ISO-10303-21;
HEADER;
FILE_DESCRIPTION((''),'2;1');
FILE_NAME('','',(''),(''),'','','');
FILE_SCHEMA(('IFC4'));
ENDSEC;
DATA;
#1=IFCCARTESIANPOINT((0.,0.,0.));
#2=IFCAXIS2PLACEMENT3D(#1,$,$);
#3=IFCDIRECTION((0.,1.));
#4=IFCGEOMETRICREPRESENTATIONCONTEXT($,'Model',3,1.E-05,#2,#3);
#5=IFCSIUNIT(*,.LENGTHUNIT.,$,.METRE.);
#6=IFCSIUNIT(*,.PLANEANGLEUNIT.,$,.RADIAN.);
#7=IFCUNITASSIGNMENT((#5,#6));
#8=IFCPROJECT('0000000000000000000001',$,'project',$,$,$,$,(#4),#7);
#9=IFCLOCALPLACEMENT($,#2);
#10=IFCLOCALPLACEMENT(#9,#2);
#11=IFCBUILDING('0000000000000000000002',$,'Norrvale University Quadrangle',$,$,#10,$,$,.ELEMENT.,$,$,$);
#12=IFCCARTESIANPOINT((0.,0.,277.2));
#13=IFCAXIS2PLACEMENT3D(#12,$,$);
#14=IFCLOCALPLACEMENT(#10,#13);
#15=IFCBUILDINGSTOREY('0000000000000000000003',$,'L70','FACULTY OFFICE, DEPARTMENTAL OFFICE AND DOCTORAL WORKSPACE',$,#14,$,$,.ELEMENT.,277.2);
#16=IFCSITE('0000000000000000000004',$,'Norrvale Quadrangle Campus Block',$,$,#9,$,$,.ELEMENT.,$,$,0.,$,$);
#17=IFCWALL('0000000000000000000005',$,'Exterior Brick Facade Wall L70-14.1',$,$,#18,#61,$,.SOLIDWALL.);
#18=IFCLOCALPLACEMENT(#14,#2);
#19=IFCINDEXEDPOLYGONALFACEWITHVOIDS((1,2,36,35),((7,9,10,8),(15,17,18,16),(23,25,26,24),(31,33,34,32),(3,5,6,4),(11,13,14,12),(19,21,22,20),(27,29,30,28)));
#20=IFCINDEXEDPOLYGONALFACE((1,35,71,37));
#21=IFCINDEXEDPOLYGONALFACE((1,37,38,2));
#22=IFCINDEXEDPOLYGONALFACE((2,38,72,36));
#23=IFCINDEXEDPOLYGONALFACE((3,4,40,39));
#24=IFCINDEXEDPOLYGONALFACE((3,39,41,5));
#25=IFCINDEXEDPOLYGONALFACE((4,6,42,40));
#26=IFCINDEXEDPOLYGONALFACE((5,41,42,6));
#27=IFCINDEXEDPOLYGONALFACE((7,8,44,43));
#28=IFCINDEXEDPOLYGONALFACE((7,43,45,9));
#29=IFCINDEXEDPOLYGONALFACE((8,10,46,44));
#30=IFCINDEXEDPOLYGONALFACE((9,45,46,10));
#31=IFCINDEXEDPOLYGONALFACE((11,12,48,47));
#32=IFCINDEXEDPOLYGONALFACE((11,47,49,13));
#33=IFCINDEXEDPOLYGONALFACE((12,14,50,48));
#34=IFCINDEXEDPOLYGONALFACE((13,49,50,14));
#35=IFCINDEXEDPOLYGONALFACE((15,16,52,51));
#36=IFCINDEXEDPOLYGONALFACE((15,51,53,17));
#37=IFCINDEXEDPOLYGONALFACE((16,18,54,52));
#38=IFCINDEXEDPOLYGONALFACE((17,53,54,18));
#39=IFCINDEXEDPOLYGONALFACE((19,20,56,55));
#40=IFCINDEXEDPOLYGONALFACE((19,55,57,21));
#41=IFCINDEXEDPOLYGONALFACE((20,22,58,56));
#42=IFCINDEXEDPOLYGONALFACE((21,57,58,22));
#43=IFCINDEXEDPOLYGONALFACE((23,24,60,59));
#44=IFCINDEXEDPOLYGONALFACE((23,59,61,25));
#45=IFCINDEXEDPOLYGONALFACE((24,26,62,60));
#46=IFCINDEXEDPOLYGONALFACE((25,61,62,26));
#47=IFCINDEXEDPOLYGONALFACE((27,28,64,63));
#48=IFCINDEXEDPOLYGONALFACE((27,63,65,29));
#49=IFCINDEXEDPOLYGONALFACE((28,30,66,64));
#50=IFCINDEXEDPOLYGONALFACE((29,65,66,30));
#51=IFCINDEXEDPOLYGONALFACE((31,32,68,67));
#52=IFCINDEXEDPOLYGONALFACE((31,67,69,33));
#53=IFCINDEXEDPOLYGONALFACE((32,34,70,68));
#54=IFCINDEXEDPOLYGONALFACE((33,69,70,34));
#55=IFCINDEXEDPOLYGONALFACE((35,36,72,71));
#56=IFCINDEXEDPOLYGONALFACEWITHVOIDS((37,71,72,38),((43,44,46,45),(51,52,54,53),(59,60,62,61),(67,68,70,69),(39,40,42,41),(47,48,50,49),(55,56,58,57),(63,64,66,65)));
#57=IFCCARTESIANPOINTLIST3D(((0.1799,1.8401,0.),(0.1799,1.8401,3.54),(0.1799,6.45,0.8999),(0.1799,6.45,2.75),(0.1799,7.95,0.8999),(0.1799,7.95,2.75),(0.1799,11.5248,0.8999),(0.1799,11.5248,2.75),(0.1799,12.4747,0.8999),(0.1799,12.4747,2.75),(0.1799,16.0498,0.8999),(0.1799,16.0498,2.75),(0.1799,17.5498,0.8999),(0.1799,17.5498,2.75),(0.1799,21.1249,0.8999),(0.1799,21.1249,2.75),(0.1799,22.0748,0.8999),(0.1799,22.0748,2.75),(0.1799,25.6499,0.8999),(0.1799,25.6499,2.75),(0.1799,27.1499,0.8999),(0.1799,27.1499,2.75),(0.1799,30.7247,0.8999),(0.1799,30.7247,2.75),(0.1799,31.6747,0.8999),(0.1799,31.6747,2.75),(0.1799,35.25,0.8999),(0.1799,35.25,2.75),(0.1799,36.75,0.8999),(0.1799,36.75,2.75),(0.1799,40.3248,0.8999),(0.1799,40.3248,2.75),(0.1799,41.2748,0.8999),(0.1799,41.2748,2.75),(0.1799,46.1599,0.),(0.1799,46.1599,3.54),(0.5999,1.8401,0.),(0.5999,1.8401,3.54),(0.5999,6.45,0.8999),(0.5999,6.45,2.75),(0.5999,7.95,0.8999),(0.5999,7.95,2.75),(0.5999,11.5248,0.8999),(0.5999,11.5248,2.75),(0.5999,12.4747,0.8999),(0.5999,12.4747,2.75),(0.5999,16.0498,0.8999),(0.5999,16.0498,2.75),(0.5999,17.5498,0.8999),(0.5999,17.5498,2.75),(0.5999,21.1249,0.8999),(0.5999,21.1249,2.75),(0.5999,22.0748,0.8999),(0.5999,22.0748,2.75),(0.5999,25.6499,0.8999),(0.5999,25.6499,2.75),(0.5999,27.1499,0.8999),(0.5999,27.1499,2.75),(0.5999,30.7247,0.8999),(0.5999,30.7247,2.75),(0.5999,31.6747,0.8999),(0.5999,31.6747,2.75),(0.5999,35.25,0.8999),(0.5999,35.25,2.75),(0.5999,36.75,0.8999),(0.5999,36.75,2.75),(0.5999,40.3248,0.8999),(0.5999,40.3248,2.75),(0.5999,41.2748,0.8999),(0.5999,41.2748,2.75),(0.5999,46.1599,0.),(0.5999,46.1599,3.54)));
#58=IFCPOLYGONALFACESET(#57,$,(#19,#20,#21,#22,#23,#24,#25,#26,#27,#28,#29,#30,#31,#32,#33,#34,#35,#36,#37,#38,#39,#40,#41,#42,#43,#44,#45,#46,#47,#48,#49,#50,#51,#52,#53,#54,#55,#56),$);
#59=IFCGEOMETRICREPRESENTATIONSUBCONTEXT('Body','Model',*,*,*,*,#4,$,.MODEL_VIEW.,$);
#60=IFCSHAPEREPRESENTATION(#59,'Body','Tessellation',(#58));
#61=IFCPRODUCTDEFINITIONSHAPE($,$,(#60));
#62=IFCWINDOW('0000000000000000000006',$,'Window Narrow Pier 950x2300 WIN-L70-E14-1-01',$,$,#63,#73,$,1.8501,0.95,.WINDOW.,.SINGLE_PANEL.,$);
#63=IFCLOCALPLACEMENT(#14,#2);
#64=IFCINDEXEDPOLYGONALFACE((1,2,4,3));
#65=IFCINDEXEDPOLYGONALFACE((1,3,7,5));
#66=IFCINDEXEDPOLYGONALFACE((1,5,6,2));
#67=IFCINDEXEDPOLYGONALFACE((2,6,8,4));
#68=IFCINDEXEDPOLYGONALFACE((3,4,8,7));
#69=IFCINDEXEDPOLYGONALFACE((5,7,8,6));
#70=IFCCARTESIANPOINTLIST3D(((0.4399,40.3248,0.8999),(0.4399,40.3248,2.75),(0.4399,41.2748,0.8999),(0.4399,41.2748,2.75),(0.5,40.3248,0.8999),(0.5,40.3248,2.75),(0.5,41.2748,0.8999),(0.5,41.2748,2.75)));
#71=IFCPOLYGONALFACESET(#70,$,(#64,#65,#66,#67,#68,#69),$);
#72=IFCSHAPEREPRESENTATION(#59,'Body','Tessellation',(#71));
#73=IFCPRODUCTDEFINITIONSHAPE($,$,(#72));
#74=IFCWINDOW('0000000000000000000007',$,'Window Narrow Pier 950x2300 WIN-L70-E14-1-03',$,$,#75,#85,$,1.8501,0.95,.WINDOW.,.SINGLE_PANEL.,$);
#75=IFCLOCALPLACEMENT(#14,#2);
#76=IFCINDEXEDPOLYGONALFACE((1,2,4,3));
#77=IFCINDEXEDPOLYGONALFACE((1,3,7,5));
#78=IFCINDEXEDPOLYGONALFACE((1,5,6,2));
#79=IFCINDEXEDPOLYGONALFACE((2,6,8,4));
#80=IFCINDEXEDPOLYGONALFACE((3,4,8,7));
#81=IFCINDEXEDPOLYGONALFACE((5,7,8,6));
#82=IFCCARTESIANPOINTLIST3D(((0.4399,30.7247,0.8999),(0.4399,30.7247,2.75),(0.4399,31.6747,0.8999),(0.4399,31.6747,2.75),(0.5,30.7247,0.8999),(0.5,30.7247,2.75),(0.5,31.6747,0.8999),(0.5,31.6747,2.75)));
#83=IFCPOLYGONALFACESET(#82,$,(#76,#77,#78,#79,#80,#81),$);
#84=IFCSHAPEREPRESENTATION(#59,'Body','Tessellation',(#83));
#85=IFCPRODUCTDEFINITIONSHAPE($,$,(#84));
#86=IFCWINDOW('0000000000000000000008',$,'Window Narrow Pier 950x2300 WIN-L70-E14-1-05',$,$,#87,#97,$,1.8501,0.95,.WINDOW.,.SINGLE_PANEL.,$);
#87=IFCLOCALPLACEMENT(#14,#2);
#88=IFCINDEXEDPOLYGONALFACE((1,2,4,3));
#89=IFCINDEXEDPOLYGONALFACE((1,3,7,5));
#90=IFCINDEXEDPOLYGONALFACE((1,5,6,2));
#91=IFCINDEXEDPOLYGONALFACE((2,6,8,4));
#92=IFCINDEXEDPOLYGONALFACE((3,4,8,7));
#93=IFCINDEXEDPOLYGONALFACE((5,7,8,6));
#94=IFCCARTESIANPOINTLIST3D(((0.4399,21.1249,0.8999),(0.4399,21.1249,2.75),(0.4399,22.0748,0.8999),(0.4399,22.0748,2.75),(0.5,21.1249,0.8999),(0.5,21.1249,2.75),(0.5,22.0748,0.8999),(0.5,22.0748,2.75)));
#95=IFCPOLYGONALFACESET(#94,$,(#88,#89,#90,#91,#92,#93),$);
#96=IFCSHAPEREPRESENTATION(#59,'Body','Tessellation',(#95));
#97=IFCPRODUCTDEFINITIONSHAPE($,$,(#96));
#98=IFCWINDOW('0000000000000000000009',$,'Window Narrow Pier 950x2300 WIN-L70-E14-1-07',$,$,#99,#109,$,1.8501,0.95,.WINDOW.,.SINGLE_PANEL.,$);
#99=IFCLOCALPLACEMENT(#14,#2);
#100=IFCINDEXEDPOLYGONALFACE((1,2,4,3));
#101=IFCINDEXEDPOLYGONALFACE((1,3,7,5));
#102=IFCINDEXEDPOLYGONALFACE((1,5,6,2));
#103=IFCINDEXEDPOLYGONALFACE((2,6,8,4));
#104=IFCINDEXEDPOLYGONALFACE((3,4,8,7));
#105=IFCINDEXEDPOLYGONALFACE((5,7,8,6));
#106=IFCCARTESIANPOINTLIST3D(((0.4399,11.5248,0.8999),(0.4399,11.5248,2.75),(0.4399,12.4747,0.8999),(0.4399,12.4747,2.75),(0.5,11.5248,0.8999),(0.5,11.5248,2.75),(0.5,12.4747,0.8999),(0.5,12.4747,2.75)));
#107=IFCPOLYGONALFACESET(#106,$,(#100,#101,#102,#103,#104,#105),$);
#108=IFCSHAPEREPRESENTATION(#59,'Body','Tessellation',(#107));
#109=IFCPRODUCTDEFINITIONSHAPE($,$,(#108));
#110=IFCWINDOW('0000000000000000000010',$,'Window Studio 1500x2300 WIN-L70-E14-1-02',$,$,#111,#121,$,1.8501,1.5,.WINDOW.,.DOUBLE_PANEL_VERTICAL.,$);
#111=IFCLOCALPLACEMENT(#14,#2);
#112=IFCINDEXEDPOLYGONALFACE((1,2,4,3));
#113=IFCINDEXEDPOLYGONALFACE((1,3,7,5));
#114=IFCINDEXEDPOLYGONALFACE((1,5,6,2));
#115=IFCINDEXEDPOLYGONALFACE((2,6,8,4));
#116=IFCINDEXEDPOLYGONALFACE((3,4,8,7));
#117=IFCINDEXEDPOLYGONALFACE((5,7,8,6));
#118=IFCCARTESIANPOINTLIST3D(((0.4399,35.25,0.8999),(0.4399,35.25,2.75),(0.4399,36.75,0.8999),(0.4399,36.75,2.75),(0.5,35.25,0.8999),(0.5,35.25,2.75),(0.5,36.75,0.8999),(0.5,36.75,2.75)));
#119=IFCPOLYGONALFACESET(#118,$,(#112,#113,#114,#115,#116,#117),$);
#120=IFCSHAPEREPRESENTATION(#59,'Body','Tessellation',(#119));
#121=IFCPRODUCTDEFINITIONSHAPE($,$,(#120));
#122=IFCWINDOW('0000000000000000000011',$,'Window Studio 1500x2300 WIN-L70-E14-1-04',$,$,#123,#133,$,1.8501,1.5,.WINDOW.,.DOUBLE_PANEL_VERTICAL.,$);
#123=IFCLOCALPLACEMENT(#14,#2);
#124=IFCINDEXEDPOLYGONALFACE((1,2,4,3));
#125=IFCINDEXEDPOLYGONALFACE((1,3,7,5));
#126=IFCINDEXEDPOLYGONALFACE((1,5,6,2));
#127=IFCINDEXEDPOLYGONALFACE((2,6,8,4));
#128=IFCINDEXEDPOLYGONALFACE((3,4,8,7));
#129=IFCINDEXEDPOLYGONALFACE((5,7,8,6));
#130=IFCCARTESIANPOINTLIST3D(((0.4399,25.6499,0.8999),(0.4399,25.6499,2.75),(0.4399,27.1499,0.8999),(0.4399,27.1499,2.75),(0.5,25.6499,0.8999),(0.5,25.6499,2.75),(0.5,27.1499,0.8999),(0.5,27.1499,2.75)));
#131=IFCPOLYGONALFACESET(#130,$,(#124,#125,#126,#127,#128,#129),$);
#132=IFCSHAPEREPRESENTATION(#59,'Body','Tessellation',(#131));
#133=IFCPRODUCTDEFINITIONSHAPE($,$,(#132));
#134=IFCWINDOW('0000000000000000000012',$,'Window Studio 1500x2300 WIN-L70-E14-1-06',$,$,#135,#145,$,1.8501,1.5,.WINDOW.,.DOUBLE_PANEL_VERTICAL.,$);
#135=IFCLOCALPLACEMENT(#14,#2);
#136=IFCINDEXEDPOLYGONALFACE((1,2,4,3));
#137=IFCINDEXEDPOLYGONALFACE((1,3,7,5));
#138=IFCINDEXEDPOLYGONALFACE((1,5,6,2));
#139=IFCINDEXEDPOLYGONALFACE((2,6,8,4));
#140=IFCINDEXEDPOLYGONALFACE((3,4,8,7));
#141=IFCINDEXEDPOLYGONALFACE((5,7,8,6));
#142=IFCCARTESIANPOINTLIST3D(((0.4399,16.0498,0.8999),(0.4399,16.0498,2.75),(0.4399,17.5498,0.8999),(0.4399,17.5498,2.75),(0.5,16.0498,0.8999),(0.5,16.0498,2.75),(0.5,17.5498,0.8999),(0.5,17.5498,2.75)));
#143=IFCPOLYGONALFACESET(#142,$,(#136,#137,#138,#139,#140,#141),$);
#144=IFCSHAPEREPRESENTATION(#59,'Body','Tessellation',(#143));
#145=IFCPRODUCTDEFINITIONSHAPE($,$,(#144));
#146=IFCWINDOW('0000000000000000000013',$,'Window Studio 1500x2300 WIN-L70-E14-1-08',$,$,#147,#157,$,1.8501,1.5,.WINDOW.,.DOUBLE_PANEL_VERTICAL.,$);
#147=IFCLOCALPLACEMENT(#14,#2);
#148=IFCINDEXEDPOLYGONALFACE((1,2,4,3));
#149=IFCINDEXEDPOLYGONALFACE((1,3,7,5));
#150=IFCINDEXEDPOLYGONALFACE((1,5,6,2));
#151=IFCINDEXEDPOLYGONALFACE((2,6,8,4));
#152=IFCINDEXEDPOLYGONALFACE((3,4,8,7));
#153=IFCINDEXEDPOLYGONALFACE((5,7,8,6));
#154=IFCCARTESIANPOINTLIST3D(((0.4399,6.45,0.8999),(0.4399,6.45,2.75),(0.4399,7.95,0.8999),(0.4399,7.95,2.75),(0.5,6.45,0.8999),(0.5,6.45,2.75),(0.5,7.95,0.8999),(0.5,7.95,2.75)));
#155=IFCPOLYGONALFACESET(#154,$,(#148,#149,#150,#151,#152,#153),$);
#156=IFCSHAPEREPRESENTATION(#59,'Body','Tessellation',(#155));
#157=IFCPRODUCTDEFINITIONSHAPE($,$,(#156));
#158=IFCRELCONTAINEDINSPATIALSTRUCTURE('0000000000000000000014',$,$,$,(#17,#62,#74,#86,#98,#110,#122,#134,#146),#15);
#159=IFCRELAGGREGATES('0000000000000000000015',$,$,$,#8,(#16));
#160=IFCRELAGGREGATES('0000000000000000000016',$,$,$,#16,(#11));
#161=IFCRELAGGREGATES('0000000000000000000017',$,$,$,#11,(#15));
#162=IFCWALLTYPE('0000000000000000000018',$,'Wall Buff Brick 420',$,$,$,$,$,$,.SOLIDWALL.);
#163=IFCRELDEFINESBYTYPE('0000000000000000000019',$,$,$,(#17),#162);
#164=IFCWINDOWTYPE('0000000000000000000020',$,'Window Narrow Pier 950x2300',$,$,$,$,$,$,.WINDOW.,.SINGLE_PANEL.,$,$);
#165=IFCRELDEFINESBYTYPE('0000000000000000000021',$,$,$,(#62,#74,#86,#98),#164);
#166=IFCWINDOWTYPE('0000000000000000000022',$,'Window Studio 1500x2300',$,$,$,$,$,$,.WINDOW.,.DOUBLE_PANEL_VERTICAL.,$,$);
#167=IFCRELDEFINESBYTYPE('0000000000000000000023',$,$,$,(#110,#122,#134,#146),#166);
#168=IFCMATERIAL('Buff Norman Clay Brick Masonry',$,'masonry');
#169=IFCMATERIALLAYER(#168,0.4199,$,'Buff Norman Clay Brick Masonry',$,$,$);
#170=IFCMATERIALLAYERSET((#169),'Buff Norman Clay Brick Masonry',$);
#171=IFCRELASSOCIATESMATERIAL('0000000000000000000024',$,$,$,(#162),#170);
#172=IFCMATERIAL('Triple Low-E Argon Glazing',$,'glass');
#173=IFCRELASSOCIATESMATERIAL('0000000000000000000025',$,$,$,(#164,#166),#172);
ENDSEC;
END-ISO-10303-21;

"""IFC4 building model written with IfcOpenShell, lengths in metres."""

from ifc_helpers import new_model, si_unit, direction, frame, frame_2d, origin, place, context, subcontext, project, spatial, rectangle, extrude, material, layer, layer_set, type_object, element, fill, save


model = new_model("IFC4")

# Units and contexts
model_context = context("Model", 3, precision=1e-05, world=origin(), true_north=direction((0.0, 1.0)))
body_context = subcontext(model_context, "Body", "Model", "MODEL_VIEW")
ifc_project = project(units=[si_unit("LENGTHUNIT", "METRE"), si_unit("PLANEANGLEUNIT", "RADIAN")], contexts=[model_context])

# Site, building, storey
site_placement = place(None, origin())
site = spatial("IfcSite", under=ifc_project, at=site_placement, Name="Norrvale Quadrangle Campus Block", CompositionType="ELEMENT", RefElevation=0.0)
building_placement = place(site_placement, origin())
building = spatial("IfcBuilding", under=site, at=building_placement, Name="Norrvale University Quadrangle", CompositionType="ELEMENT")
storey_placement = place(building_placement, frame((0.0, 0.0, 277.2)))
storey = spatial("IfcBuildingStorey", under=building, at=storey_placement, Name="L70", Description="FACULTY OFFICE, DEPARTMENTAL OFFICE AND DOCTORAL WORKSPACE", CompositionType="ELEMENT", Elevation=277.2)

# Shared definitions
ifc_material_1 = material(Name="Buff Norman Clay Brick Masonry", Category="masonry")
ifc_layer_1 = layer(ifc_material_1, 0.4199, Name="Buff Norman Clay Brick Masonry")
ifc_layer_set_1 = layer_set([ifc_layer_1], Name="Buff Norman Clay Brick Masonry")
wall_type_1 = type_object("IfcWallType", Name="Wall Buff Brick 420", PredefinedType="SOLIDWALL", material=ifc_layer_set_1)

# Wall, openings, windows
wall_1_placement = place(storey_placement, frame((0.3899, 46.1599, 0.0), z_axis=(0.0, 0.0, 1.0), x_axis=(0.0, -1.0, 0.0)))
wall_1 = element("IfcWall", 1, at=wall_1_placement, inside=storey, type_object=wall_type_1, Name="Exterior Brick Facade Wall L70-14.1", PredefinedType="SOLIDWALL", context=body_context, shape_type="SweptSolid", body=[
    extrude(rectangle(XDim=44.3198, YDim=0.4199, at=frame_2d((22.1599, 0.0))), origin(), (0.0, 0.0, 1.0), 3.54),
])
opening_1_placement = place(wall_1_placement, frame((4.885, 0.0, 0.8999)))
opening_1 = element("IfcOpeningElement", 2, at=opening_1_placement, cuts=wall_1, PredefinedType="OPENING", context=body_context, shape_type="SweptSolid", body=[
    extrude(rectangle(XDim=0.95, YDim=1.8501, at=frame_2d((0.4751, 0.925))), frame((0.0, 0.2219, 0.0), z_axis=(0.0, -1.0, 0.0), x_axis=(1.0, 0.0, 0.0)), (0.0, 0.0, 1.0), 0.4438),
])
opening_2_placement = place(wall_1_placement, frame((9.4099, 0.0, 0.8999)))
opening_2 = element("IfcOpeningElement", 3, at=opening_2_placement, cuts=wall_1, PredefinedType="OPENING", context=body_context, shape_type="SweptSolid", body=[
    extrude(rectangle(XDim=1.5, YDim=1.8501, at=frame_2d((0.75, 0.925))), frame((0.0, 0.2219, 0.0), z_axis=(0.0, -1.0, 0.0), x_axis=(1.0, 0.0, 0.0)), (0.0, 0.0, 1.0), 0.4438),
])
opening_3_placement = place(wall_1_placement, frame((14.4851, 0.0, 0.8999)))
opening_3 = element("IfcOpeningElement", 4, at=opening_3_placement, cuts=wall_1, PredefinedType="OPENING", context=body_context, shape_type="SweptSolid", body=[
    extrude(rectangle(XDim=0.95, YDim=1.8501, at=frame_2d((0.4751, 0.925))), frame((0.0, 0.2219, 0.0), z_axis=(0.0, -1.0, 0.0), x_axis=(1.0, 0.0, 0.0)), (0.0, 0.0, 1.0), 0.4438),
])
opening_4_placement = place(wall_1_placement, frame((19.01, 0.0, 0.8999)))
opening_4 = element("IfcOpeningElement", 5, at=opening_4_placement, cuts=wall_1, PredefinedType="OPENING", context=body_context, shape_type="SweptSolid", body=[
    extrude(rectangle(XDim=1.5, YDim=1.8501, at=frame_2d((0.75, 0.925))), frame((0.0, 0.2219, 0.0), z_axis=(0.0, -1.0, 0.0), x_axis=(1.0, 0.0, 0.0)), (0.0, 0.0, 1.0), 0.4438),
])
opening_5_placement = place(wall_1_placement, frame((24.085, 0.0, 0.8999)))
opening_5 = element("IfcOpeningElement", 6, at=opening_5_placement, cuts=wall_1, PredefinedType="OPENING", context=body_context, shape_type="SweptSolid", body=[
    extrude(rectangle(XDim=0.95, YDim=1.8501, at=frame_2d((0.4751, 0.925))), frame((0.0, 0.2219, 0.0), z_axis=(0.0, -1.0, 0.0), x_axis=(1.0, 0.0, 0.0)), (0.0, 0.0, 1.0), 0.4438),
])
opening_6_placement = place(wall_1_placement, frame((28.6101, 0.0, 0.8999)))
opening_6 = element("IfcOpeningElement", 7, at=opening_6_placement, cuts=wall_1, PredefinedType="OPENING", context=body_context, shape_type="SweptSolid", body=[
    extrude(rectangle(XDim=1.5, YDim=1.8501, at=frame_2d((0.75, 0.925))), frame((0.0, 0.2219, 0.0), z_axis=(0.0, -1.0, 0.0), x_axis=(1.0, 0.0, 0.0)), (0.0, 0.0, 1.0), 0.4438),
])
opening_7_placement = place(wall_1_placement, frame((33.6851, 0.0, 0.8999)))
opening_7 = element("IfcOpeningElement", 8, at=opening_7_placement, cuts=wall_1, PredefinedType="OPENING", context=body_context, shape_type="SweptSolid", body=[
    extrude(rectangle(XDim=0.95, YDim=1.8501, at=frame_2d((0.4751, 0.925))), frame((0.0, 0.2219, 0.0), z_axis=(0.0, -1.0, 0.0), x_axis=(1.0, 0.0, 0.0)), (0.0, 0.0, 1.0), 0.4438),
])
opening_8_placement = place(wall_1_placement, frame((38.21, 0.0, 0.8999)))
opening_8 = element("IfcOpeningElement", 9, at=opening_8_placement, cuts=wall_1, PredefinedType="OPENING", context=body_context, shape_type="SweptSolid", body=[
    extrude(rectangle(XDim=1.5, YDim=1.8501, at=frame_2d((0.75, 0.925))), frame((0.0, 0.2219, 0.0), z_axis=(0.0, -1.0, 0.0), x_axis=(1.0, 0.0, 0.0)), (0.0, 0.0, 1.0), 0.4438),
])
ifc_material_2 = material(Name="Triple Low-E Argon Glazing", Category="glass")
window_type_1 = type_object("IfcWindowType", Name="Window Narrow Pier 950x2300", PartitioningType="SINGLE_PANEL", PredefinedType="WINDOW", material=ifc_material_2)
window_1_placement = place(opening_1_placement, origin())
window_1 = element("IfcWindow", 10, at=window_1_placement, inside=storey, type_object=window_type_1, Name="Window Narrow Pier 950x2300 WIN-L70-E14-1-01", OverallHeight=1.8501, OverallWidth=0.95, PartitioningType="SINGLE_PANEL", PredefinedType="WINDOW", context=body_context, shape_type="SweptSolid", body=[
    extrude(rectangle(XDim=0.95, YDim=1.8501, at=frame_2d((0.4751, 0.925))), frame((0.0, 0.1101, 0.0), z_axis=(0.0, -1.0, 0.0), x_axis=(1.0, 0.0, 0.0)), (0.0, 0.0, 1.0), 0.0601),
])
fill(opening_1, window_1)
window_2_placement = place(opening_3_placement, origin())
window_2 = element("IfcWindow", 11, at=window_2_placement, inside=storey, type_object=window_type_1, Name="Window Narrow Pier 950x2300 WIN-L70-E14-1-03", OverallHeight=1.8501, OverallWidth=0.95, PartitioningType="SINGLE_PANEL", PredefinedType="WINDOW", context=body_context, shape_type="SweptSolid", body=[
    extrude(rectangle(XDim=0.95, YDim=1.8501, at=frame_2d((0.4751, 0.925))), frame((0.0, 0.1101, 0.0), z_axis=(0.0, -1.0, 0.0), x_axis=(1.0, 0.0, 0.0)), (0.0, 0.0, 1.0), 0.0601),
])
fill(opening_3, window_2)
window_3_placement = place(opening_5_placement, origin())
window_3 = element("IfcWindow", 12, at=window_3_placement, inside=storey, type_object=window_type_1, Name="Window Narrow Pier 950x2300 WIN-L70-E14-1-05", OverallHeight=1.8501, OverallWidth=0.95, PartitioningType="SINGLE_PANEL", PredefinedType="WINDOW", context=body_context, shape_type="SweptSolid", body=[
    extrude(rectangle(XDim=0.95, YDim=1.8501, at=frame_2d((0.4751, 0.925))), frame((0.0, 0.1101, 0.0), z_axis=(0.0, -1.0, 0.0), x_axis=(1.0, 0.0, 0.0)), (0.0, 0.0, 1.0), 0.0601),
])
fill(opening_5, window_3)
window_4_placement = place(opening_7_placement, origin())
window_4 = element("IfcWindow", 13, at=window_4_placement, inside=storey, type_object=window_type_1, Name="Window Narrow Pier 950x2300 WIN-L70-E14-1-07", OverallHeight=1.8501, OverallWidth=0.95, PartitioningType="SINGLE_PANEL", PredefinedType="WINDOW", context=body_context, shape_type="SweptSolid", body=[
    extrude(rectangle(XDim=0.95, YDim=1.8501, at=frame_2d((0.4751, 0.925))), frame((0.0, 0.1101, 0.0), z_axis=(0.0, -1.0, 0.0), x_axis=(1.0, 0.0, 0.0)), (0.0, 0.0, 1.0), 0.0601),
])
fill(opening_7, window_4)
window_type_2 = type_object("IfcWindowType", Name="Window Studio 1500x2300", PartitioningType="DOUBLE_PANEL_VERTICAL", PredefinedType="WINDOW", material=ifc_material_2)
window_5_placement = place(opening_2_placement, origin())
window_5 = element("IfcWindow", 14, at=window_5_placement, inside=storey, type_object=window_type_2, Name="Window Studio 1500x2300 WIN-L70-E14-1-02", OverallHeight=1.8501, OverallWidth=1.5, PartitioningType="DOUBLE_PANEL_VERTICAL", PredefinedType="WINDOW", context=body_context, shape_type="SweptSolid", body=[
    extrude(rectangle(XDim=1.5, YDim=1.8501, at=frame_2d((0.75, 0.925))), frame((0.0, 0.1101, 0.0), z_axis=(0.0, -1.0, 0.0), x_axis=(1.0, 0.0, 0.0)), (0.0, 0.0, 1.0), 0.0601),
])
fill(opening_2, window_5)
window_6_placement = place(opening_4_placement, origin())
window_6 = element("IfcWindow", 15, at=window_6_placement, inside=storey, type_object=window_type_2, Name="Window Studio 1500x2300 WIN-L70-E14-1-04", OverallHeight=1.8501, OverallWidth=1.5, PartitioningType="DOUBLE_PANEL_VERTICAL", PredefinedType="WINDOW", context=body_context, shape_type="SweptSolid", body=[
    extrude(rectangle(XDim=1.5, YDim=1.8501, at=frame_2d((0.75, 0.925))), frame((0.0, 0.1101, 0.0), z_axis=(0.0, -1.0, 0.0), x_axis=(1.0, 0.0, 0.0)), (0.0, 0.0, 1.0), 0.0601),
])
fill(opening_4, window_6)
window_7_placement = place(opening_6_placement, origin())
window_7 = element("IfcWindow", 16, at=window_7_placement, inside=storey, type_object=window_type_2, Name="Window Studio 1500x2300 WIN-L70-E14-1-06", OverallHeight=1.8501, OverallWidth=1.5, PartitioningType="DOUBLE_PANEL_VERTICAL", PredefinedType="WINDOW", context=body_context, shape_type="SweptSolid", body=[
    extrude(rectangle(XDim=1.5, YDim=1.8501, at=frame_2d((0.75, 0.925))), frame((0.0, 0.1101, 0.0), z_axis=(0.0, -1.0, 0.0), x_axis=(1.0, 0.0, 0.0)), (0.0, 0.0, 1.0), 0.0601),
])
fill(opening_6, window_7)
window_8_placement = place(opening_8_placement, origin())
window_8 = element("IfcWindow", 17, at=window_8_placement, inside=storey, type_object=window_type_2, Name="Window Studio 1500x2300 WIN-L70-E14-1-08", OverallHeight=1.8501, OverallWidth=1.5, PartitioningType="DOUBLE_PANEL_VERTICAL", PredefinedType="WINDOW", context=body_context, shape_type="SweptSolid", body=[
    extrude(rectangle(XDim=1.5, YDim=1.8501, at=frame_2d((0.75, 0.925))), frame((0.0, 0.1101, 0.0), z_axis=(0.0, -1.0, 0.0), x_axis=(1.0, 0.0, 0.0)), (0.0, 0.0, 1.0), 0.0601),
])
fill(opening_8, window_8)

save(model, "model.ifc")
